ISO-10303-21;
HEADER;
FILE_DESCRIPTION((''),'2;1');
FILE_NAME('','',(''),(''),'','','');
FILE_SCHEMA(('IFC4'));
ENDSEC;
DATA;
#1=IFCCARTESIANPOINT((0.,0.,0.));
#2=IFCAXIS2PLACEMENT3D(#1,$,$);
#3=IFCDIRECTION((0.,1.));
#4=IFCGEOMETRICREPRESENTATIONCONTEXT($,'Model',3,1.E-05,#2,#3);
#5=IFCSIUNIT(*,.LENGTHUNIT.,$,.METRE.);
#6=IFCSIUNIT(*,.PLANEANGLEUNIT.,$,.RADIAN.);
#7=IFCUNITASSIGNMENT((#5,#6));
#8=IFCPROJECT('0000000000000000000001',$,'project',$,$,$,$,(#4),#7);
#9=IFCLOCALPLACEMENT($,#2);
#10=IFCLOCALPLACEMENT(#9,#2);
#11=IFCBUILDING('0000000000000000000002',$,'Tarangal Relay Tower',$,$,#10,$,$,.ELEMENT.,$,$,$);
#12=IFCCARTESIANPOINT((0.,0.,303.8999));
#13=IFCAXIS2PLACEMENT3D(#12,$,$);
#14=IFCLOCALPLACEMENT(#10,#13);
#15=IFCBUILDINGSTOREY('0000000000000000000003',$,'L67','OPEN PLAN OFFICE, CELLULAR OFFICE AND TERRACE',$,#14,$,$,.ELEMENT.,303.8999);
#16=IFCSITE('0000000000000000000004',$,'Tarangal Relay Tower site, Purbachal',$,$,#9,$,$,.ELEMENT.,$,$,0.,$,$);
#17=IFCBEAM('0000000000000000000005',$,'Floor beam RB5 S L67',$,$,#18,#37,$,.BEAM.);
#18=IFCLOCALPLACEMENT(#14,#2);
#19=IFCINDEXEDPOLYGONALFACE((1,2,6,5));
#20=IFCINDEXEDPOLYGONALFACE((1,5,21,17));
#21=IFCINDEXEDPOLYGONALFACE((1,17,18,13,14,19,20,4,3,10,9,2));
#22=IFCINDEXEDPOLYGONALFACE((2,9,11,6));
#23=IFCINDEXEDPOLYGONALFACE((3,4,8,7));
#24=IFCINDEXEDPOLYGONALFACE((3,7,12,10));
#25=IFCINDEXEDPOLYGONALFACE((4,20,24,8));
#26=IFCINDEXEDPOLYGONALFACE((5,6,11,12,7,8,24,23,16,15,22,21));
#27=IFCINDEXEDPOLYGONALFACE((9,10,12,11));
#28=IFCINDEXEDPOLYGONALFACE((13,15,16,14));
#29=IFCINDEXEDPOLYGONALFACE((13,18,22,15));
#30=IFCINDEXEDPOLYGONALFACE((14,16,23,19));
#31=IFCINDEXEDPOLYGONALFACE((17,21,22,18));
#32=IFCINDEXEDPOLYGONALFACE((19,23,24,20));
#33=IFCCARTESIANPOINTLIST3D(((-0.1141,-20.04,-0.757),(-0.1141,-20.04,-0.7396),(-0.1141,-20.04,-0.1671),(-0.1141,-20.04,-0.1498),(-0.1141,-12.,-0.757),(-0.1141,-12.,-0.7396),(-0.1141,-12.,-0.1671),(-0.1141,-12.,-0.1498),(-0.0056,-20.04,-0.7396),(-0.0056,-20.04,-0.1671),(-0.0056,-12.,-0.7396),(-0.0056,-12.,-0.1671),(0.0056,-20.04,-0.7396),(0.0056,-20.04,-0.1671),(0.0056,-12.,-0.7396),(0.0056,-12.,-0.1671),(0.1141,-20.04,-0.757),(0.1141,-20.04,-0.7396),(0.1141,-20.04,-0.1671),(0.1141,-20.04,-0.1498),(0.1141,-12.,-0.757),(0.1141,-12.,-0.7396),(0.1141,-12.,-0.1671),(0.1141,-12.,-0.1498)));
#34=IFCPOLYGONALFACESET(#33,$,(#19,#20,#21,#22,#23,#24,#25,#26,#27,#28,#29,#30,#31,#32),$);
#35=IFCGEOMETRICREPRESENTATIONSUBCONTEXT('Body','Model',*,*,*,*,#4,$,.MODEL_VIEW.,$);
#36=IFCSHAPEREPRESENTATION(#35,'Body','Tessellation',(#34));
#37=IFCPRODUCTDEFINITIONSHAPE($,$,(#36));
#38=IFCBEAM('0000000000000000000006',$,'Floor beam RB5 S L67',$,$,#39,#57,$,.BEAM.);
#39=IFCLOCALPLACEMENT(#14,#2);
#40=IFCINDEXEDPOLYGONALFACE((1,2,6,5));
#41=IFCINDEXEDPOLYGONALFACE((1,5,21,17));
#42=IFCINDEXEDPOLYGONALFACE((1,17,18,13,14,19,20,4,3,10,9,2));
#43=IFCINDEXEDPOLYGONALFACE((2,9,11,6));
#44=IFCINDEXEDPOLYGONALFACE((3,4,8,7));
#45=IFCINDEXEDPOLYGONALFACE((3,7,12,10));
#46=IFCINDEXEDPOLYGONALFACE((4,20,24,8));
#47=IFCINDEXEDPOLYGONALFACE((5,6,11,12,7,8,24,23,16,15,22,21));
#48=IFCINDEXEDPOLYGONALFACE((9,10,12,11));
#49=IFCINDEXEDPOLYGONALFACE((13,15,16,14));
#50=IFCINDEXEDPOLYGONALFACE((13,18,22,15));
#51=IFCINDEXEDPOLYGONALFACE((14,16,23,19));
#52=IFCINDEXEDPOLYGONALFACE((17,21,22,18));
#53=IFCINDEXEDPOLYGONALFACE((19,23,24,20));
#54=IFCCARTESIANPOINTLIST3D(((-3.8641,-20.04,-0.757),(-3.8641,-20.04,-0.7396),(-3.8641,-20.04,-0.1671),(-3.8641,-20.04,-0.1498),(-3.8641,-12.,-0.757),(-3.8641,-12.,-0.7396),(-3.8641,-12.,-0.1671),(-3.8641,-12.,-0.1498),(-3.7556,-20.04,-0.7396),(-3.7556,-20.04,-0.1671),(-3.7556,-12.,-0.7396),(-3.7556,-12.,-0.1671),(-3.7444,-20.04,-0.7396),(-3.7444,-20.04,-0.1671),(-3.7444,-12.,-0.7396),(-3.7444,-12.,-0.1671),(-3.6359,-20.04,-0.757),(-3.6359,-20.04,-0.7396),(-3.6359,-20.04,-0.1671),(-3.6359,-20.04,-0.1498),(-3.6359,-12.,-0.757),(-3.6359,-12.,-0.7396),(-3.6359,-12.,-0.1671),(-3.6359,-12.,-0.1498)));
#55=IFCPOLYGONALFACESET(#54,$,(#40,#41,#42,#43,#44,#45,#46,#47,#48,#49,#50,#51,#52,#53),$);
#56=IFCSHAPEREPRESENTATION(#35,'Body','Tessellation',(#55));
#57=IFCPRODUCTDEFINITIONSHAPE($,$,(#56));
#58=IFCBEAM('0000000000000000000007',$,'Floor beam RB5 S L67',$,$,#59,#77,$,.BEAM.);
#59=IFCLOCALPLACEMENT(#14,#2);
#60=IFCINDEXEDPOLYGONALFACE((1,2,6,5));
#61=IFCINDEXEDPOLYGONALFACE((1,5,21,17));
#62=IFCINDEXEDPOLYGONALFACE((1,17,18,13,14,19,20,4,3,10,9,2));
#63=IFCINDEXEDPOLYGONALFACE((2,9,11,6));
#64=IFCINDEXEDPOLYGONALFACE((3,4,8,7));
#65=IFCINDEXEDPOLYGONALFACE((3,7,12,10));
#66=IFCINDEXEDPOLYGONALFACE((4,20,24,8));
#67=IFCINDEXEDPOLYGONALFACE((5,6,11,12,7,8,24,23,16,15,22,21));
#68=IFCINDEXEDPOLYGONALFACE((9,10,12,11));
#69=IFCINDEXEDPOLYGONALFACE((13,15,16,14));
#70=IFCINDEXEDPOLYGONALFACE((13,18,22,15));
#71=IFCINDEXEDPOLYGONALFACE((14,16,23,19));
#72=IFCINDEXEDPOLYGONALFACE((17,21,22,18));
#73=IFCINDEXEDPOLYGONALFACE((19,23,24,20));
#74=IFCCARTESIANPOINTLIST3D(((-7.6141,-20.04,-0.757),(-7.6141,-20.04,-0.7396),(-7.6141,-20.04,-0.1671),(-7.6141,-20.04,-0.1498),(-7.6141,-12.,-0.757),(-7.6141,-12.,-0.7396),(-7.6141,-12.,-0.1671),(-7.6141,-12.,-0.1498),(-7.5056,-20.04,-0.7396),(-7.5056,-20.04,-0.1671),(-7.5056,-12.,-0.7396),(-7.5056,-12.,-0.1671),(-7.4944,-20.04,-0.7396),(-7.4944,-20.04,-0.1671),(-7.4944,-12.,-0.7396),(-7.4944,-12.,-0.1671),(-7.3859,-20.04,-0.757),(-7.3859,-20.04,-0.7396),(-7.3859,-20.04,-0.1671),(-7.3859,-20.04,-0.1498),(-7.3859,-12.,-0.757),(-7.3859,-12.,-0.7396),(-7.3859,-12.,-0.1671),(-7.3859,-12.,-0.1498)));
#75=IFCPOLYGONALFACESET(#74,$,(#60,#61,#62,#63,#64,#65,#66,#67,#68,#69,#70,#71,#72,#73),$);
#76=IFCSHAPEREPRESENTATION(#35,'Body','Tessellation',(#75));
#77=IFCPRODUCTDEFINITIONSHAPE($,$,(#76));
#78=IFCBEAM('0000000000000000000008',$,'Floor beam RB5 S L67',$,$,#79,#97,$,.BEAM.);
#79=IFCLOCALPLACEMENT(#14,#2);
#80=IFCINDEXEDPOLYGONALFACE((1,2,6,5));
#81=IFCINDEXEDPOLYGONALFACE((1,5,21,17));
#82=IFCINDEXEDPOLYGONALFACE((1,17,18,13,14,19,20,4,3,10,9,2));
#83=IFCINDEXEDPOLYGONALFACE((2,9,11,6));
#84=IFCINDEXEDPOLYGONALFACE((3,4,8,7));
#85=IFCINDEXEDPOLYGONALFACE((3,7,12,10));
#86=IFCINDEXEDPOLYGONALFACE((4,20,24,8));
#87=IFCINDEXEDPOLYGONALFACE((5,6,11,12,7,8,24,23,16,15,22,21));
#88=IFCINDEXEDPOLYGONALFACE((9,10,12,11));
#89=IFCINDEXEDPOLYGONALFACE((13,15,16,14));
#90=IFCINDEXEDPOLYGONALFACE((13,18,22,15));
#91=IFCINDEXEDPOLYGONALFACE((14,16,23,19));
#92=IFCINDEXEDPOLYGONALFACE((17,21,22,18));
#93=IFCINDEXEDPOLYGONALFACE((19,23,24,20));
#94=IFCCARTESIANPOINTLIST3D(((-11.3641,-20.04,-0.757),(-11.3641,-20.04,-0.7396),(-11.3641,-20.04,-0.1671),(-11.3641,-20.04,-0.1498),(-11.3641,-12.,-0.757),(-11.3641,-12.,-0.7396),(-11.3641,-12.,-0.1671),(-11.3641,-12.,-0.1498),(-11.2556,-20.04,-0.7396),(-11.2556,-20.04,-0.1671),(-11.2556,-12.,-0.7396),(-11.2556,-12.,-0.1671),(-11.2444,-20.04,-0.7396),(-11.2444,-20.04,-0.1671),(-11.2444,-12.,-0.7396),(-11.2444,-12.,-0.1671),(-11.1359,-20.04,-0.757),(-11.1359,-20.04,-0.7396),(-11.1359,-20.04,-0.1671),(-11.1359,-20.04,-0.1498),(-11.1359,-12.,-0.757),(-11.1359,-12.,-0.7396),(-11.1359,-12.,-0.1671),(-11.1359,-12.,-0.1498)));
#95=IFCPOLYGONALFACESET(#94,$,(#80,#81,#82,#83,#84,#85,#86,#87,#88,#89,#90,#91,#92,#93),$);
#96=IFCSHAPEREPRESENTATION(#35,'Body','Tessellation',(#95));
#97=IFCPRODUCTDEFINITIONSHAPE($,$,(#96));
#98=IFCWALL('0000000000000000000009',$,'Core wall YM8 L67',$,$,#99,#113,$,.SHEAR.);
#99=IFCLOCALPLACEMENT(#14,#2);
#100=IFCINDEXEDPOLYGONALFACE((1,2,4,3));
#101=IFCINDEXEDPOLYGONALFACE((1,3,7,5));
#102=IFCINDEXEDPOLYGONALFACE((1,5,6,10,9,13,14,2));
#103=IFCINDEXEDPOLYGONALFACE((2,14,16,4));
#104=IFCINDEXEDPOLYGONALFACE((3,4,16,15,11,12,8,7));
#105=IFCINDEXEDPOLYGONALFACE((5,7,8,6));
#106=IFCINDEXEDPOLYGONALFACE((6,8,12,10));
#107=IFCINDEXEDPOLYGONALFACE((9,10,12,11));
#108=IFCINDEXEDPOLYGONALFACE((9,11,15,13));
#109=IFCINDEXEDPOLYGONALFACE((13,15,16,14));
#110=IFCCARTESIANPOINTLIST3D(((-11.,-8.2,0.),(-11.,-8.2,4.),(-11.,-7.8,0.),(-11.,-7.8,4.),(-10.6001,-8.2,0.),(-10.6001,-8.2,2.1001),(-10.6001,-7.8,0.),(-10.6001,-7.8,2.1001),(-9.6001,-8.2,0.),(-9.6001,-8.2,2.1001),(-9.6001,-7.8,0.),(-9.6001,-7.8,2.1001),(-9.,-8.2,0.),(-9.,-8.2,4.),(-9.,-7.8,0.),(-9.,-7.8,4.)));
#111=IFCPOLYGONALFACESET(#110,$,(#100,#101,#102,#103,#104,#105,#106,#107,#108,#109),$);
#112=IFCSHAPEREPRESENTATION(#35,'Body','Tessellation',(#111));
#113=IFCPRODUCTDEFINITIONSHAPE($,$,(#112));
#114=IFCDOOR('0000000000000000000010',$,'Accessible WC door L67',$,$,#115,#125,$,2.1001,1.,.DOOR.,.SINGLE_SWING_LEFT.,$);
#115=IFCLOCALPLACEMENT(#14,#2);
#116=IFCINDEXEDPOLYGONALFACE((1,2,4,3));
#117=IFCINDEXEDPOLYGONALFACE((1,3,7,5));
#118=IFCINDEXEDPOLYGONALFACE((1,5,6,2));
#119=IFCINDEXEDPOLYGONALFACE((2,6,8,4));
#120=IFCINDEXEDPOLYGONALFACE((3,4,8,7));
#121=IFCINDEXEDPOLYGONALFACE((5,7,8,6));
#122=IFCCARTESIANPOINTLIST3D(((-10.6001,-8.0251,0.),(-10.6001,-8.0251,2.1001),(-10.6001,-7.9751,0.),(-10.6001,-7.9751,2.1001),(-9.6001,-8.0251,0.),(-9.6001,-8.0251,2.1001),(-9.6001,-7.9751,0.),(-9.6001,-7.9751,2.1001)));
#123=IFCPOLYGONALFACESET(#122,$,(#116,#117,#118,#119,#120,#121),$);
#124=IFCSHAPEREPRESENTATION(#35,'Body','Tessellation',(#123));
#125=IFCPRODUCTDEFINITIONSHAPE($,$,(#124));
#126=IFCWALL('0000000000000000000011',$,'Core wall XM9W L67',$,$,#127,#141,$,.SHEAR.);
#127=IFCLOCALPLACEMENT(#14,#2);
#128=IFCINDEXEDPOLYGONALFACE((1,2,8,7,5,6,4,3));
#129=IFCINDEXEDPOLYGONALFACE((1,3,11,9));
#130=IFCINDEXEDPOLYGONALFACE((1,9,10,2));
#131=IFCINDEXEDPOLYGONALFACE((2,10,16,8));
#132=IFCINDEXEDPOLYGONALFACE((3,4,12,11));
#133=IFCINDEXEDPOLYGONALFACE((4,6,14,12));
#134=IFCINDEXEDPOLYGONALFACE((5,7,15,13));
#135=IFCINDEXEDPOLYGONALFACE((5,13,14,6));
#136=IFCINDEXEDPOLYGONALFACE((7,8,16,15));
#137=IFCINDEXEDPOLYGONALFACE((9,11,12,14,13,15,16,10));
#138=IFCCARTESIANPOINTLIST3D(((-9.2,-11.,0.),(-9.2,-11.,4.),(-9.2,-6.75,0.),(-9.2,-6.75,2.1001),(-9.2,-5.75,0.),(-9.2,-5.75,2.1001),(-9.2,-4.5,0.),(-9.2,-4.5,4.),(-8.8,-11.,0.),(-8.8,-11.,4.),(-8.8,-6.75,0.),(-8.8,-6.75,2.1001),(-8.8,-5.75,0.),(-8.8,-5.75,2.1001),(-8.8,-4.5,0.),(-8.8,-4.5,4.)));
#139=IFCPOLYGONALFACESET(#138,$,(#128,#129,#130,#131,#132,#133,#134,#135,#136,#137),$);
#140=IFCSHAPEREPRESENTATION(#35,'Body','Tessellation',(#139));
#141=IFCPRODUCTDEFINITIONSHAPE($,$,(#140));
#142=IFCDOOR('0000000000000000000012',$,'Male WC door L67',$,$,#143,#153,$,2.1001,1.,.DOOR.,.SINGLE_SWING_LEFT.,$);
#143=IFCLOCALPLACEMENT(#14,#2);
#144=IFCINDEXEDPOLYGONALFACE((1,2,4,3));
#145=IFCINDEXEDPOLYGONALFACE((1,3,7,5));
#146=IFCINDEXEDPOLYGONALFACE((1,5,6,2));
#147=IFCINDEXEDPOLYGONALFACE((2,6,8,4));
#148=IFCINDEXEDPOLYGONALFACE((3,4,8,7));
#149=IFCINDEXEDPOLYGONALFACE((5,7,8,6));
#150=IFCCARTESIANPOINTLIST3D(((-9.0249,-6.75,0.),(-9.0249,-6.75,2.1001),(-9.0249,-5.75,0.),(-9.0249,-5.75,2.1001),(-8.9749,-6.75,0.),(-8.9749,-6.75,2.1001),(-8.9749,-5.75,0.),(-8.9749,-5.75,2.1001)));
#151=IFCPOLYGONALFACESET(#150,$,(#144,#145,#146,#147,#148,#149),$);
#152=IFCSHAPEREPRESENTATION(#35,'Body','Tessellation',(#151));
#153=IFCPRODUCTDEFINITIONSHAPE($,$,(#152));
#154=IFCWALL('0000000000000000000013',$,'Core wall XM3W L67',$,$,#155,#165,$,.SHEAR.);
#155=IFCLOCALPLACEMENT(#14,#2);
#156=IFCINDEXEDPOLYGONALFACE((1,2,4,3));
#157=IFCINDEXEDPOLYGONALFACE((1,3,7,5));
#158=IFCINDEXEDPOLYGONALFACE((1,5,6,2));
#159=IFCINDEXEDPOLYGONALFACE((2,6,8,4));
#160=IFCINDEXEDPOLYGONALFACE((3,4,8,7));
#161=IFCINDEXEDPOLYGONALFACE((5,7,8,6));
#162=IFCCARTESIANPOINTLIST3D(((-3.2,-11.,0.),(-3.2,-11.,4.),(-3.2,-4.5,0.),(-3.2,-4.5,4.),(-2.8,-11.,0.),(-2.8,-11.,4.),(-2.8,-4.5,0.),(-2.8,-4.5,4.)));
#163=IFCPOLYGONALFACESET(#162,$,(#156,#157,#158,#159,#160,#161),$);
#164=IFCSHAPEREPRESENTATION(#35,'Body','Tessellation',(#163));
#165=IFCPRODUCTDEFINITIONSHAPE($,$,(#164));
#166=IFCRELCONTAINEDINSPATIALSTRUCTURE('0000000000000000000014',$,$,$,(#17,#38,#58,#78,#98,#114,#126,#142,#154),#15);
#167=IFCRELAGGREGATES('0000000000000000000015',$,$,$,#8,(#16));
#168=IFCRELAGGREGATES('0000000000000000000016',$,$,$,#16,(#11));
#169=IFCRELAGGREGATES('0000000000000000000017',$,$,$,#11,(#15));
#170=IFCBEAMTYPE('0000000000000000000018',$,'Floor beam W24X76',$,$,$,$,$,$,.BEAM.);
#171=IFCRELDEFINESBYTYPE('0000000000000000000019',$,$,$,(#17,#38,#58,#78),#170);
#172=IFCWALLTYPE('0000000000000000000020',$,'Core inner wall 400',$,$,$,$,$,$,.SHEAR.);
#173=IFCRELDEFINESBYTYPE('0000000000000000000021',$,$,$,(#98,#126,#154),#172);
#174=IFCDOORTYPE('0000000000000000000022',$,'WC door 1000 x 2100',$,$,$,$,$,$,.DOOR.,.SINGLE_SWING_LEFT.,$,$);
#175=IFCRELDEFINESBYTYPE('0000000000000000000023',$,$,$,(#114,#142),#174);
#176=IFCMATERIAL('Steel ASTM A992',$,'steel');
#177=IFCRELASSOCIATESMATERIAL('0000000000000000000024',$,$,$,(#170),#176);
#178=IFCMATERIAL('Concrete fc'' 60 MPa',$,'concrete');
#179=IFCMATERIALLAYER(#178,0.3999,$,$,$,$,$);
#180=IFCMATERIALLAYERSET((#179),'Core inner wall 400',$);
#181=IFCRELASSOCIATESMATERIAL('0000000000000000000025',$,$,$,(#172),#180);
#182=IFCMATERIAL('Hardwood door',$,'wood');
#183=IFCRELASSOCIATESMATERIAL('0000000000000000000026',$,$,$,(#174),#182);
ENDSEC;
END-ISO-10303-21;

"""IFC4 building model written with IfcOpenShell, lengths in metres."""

from ifc_helpers import new_model, si_unit, direction, frame, frame_2d, origin, origin_2d, place, context, subcontext, project, spatial, rectangle, i_section, extrude, material, layer, layer_set, material_profile, profile_set, type_object, element, fill, save


model = new_model("IFC4")

# Units and contexts
model_context = context("Model", 3, precision=1e-05, world=origin(), true_north=direction((0.0, 1.0)))
body_context = subcontext(model_context, "Body", "Model", "MODEL_VIEW")
ifc_project = project(units=[si_unit("LENGTHUNIT", "METRE"), si_unit("PLANEANGLEUNIT", "RADIAN")], contexts=[model_context])

# Site, building, storey
site_placement = place(None, origin())
site = spatial("IfcSite", under=ifc_project, at=site_placement, Name="Tarangal Relay Tower site, Purbachal", CompositionType="ELEMENT", RefElevation=0.0)
building_placement = place(site_placement, origin())
building = spatial("IfcBuilding", under=site, at=building_placement, Name="Tarangal Relay Tower", CompositionType="ELEMENT")
storey_placement = place(building_placement, frame((0.0, 0.0, 303.8999)))
storey = spatial("IfcBuildingStorey", under=building, at=storey_placement, Name="L67", Description="OPEN PLAN OFFICE, CELLULAR OFFICE AND TERRACE", CompositionType="ELEMENT", Elevation=303.8999)

# Beams
ifc_material_1 = material(Name="Steel ASTM A992", Category="steel")
ifc_material_profile = material_profile(ifc_material_1, i_section(OverallWidth=0.2283, OverallDepth=0.6072, WebThickness=0.0112, FlangeThickness=0.0173, at=origin_2d()), Name="W24X76")
ifc_profile_set = profile_set([ifc_material_profile], Name="Steel ASTM A992")
beam_type = type_object("IfcBeamType", Name="Floor beam W24X76", PredefinedType="BEAM", material=ifc_profile_set)
for number, where, z_axis, x_axis, name in (
    (1, (0.0, -12.0, -0.4534), (0.0, -1.0, 0.0), (1.0, 0.0, 0.0), "Floor beam RB5 S L67"),
    (2, (-3.75, -12.0, -0.4534), (0.0, -1.0, 0.0), (1.0, 0.0, 0.0), "Floor beam RB5 S L67"),
    (3, (-7.5, -12.0, -0.4534), (0.0, -1.0, 0.0), (1.0, 0.0, 0.0), "Floor beam RB5 S L67"),
    (4, (-11.25, -12.0, -0.4534), (0.0, -1.0, 0.0), (1.0, 0.0, 0.0), "Floor beam RB5 S L67"),
):
    element("IfcBeam", number, at=place(storey_placement, frame(where, z_axis=z_axis, x_axis=x_axis)), inside=storey, type_object=beam_type, Name=name, PredefinedType="BEAM", context=body_context, shape_type="SweptSolid", body=[
        extrude(i_section(OverallWidth=0.2283, OverallDepth=0.6072, WebThickness=0.0112, FlangeThickness=0.0173, at=origin_2d()), origin(), (0.0, 0.0, 1.0), 8.04),
    ])

# Walls, openings, doors
ifc_material_2 = material(Name="Concrete fc' 60 MPa", Category="concrete")
ifc_layer_1 = layer(ifc_material_2, 0.3999)
ifc_layer_set_1 = layer_set([ifc_layer_1], Name="Core inner wall 400")
wall_type_1 = type_object("IfcWallType", Name="Core inner wall 400", PredefinedType="SHEAR", material=ifc_layer_set_1)
wall_1_placement = place(storey_placement, frame((-11.0, -8.0, 0.0), z_axis=(0.0, 0.0, 1.0), x_axis=(1.0, 0.0, 0.0)))
wall_1 = element("IfcWall", 5, at=wall_1_placement, inside=storey, type_object=wall_type_1, Name="Core wall YM8 L67", PredefinedType="SHEAR", context=body_context, shape_type="SweptSolid", body=[
    extrude(rectangle(XDim=2.0, YDim=0.3999, at=frame_2d((1.0, 0.0))), origin(), (0.0, 0.0, 1.0), 4.0),
])
opening_1_placement = place(wall_1_placement, frame((0.3999, 0.0, 0.0)))
opening_1 = element("IfcOpeningElement", 6, at=opening_1_placement, cuts=wall_1, PredefinedType="OPENING", context=body_context, shape_type="SweptSolid", body=[
    extrude(rectangle(XDim=1.0, YDim=2.1001, at=frame_2d((0.5, 1.05))), frame((0.0, 0.21, 0.0), z_axis=(0.0, -1.0, 0.0), x_axis=(1.0, 0.0, 0.0)), (0.0, 0.0, 1.0), 0.4199),
])
ifc_material_3 = material(Name="Hardwood door", Category="wood")
door_type = type_object("IfcDoorType", Name="WC door 1000 x 2100", OperationType="SINGLE_SWING_LEFT", PredefinedType="DOOR", material=ifc_material_3)
door_1_placement = place(opening_1_placement, origin())
door_1 = element("IfcDoor", 7, at=door_1_placement, inside=storey, type_object=door_type, Name="Accessible WC door L67", OperationType="SINGLE_SWING_LEFT", OverallHeight=2.1001, OverallWidth=1.0, PredefinedType="DOOR", context=body_context, shape_type="SweptSolid", body=[
    extrude(rectangle(XDim=1.0, YDim=2.1001, at=frame_2d((0.5, 1.05))), frame((0.0, 0.0249, 0.0), z_axis=(0.0, -1.0, 0.0), x_axis=(1.0, 0.0, 0.0)), (0.0, 0.0, 1.0), 0.05),
])
fill(opening_1, door_1)
wall_2_placement = place(storey_placement, frame((-9.0, -11.0, 0.0), z_axis=(0.0, 0.0, 1.0), x_axis=(0.0, 1.0, 0.0)))
wall_2 = element("IfcWall", 8, at=wall_2_placement, inside=storey, type_object=wall_type_1, Name="Core wall XM9W L67", PredefinedType="SHEAR", context=body_context, shape_type="SweptSolid", body=[
    extrude(rectangle(XDim=6.5, YDim=0.3999, at=frame_2d((3.25, 0.0))), origin(), (0.0, 0.0, 1.0), 4.0),
])
opening_2_placement = place(wall_2_placement, frame((4.25, 0.0, 0.0)))
opening_2 = element("IfcOpeningElement", 9, at=opening_2_placement, cuts=wall_2, PredefinedType="OPENING", context=body_context, shape_type="SweptSolid", body=[
    extrude(rectangle(XDim=1.0, YDim=2.1001, at=frame_2d((0.5, 1.05))), frame((0.0, 0.21, 0.0), z_axis=(0.0, -1.0, 0.0), x_axis=(1.0, 0.0, 0.0)), (0.0, 0.0, 1.0), 0.4199),
])
door_2_placement = place(opening_2_placement, origin())
door_2 = element("IfcDoor", 10, at=door_2_placement, inside=storey, type_object=door_type, Name="Male WC door L67", OperationType="SINGLE_SWING_LEFT", OverallHeight=2.1001, OverallWidth=1.0, PredefinedType="DOOR", context=body_context, shape_type="SweptSolid", body=[
    extrude(rectangle(XDim=1.0, YDim=2.1001, at=frame_2d((0.5, 1.05))), frame((0.0, 0.0249, 0.0), z_axis=(0.0, -1.0, 0.0), x_axis=(1.0, 0.0, 0.0)), (0.0, 0.0, 1.0), 0.05),
])
fill(opening_2, door_2)

# Wall
wall_3_placement = place(storey_placement, frame((-3.0, -11.0, 0.0), z_axis=(0.0, 0.0, 1.0), x_axis=(0.0, 1.0, 0.0)))
element("IfcWall", 11, at=wall_3_placement, inside=storey, type_object=wall_type_1, Name="Core wall XM3W L67", PredefinedType="SHEAR", context=body_context, shape_type="SweptSolid", body=[
    extrude(rectangle(XDim=6.5, YDim=0.3999, at=frame_2d((3.25, 0.0))), origin(), (0.0, 0.0, 1.0), 4.0),
])

save(model, "model.ifc")
